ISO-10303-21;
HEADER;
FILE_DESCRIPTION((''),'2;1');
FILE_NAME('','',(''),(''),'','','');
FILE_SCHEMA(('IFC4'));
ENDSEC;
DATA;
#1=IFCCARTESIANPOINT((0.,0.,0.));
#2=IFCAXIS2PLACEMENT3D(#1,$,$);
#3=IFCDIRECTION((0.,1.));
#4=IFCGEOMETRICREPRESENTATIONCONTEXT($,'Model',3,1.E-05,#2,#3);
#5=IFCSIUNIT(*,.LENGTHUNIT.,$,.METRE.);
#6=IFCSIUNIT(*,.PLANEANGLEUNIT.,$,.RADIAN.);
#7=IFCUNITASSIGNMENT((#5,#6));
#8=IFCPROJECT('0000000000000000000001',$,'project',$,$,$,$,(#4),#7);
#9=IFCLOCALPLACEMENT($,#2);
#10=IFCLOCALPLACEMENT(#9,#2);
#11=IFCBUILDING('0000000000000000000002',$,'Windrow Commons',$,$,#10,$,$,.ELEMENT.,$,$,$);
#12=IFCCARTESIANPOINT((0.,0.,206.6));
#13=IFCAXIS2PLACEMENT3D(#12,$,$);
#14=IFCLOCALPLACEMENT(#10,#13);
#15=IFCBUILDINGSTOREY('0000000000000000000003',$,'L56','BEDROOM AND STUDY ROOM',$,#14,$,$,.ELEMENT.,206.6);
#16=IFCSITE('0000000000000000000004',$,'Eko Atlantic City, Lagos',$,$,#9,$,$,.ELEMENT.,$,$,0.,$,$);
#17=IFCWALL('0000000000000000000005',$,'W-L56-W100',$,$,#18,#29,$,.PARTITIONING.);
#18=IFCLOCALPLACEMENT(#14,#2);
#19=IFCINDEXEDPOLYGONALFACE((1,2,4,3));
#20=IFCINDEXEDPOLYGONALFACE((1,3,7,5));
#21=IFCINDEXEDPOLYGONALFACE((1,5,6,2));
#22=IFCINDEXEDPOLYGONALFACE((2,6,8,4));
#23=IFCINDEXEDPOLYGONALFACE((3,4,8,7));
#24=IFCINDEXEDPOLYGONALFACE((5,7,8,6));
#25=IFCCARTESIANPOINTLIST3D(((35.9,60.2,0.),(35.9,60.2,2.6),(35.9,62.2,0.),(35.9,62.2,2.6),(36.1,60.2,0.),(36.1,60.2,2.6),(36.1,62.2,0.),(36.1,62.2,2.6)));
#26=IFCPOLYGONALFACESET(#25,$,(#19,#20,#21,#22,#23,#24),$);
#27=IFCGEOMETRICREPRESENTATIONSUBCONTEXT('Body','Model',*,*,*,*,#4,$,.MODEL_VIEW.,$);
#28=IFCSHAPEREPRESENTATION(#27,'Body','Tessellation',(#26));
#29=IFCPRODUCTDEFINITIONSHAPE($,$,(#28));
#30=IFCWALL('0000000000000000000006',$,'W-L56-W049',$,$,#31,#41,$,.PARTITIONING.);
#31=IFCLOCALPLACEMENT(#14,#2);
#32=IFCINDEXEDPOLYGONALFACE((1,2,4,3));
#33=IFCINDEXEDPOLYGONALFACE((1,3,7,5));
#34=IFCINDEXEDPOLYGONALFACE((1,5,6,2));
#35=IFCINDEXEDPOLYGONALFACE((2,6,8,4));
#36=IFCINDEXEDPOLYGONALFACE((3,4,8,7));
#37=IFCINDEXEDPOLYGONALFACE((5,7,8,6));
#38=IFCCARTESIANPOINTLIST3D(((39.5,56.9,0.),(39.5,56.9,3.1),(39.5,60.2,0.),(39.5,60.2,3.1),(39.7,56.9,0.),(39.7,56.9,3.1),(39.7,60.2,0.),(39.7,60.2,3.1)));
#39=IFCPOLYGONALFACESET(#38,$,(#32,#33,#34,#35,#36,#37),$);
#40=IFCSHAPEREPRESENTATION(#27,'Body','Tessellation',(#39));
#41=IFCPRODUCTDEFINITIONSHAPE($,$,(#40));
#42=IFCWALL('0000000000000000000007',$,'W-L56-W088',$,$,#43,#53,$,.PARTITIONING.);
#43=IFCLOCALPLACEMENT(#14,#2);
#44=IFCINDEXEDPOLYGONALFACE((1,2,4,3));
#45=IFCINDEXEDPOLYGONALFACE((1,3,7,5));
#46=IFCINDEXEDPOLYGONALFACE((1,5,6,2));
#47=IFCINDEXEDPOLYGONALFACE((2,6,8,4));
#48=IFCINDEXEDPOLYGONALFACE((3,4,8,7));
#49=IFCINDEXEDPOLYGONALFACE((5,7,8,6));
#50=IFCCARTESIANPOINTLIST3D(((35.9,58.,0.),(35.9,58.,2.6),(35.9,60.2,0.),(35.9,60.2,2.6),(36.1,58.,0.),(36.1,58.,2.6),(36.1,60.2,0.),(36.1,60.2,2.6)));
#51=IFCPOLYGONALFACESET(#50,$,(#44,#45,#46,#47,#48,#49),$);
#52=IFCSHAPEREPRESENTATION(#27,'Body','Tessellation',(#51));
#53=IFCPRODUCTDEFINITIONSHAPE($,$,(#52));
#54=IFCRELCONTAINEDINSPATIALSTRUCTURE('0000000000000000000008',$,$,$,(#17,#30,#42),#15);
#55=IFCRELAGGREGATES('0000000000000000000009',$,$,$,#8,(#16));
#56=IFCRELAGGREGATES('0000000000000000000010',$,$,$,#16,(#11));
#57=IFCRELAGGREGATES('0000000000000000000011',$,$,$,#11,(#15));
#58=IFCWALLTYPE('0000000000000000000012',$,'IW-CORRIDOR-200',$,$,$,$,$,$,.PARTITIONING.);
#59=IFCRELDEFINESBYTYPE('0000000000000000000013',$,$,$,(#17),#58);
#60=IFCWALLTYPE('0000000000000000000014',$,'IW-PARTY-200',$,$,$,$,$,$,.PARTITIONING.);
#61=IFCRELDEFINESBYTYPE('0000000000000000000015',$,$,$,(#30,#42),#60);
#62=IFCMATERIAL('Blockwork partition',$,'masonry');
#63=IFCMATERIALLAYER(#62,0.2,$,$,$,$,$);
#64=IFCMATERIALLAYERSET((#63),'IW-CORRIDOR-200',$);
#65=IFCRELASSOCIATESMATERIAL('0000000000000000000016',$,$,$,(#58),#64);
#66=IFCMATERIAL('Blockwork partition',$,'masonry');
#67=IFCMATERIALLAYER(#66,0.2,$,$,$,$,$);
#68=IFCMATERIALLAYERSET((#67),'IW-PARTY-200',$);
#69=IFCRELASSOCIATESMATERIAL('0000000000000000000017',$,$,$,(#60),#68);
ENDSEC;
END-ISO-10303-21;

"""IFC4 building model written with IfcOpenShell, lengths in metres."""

from ifc_helpers import new_model, si_unit, direction, frame, frame_2d, origin, place, context, subcontext, project, spatial, rectangle, extrude, material, layer, layer_set, type_object, element, save


model = new_model("IFC4")

# Units and contexts
model_context = context("Model", 3, precision=1e-05, world=origin(), true_north=direction((0.0, 1.0)))
body_context = subcontext(model_context, "Body", "Model", "MODEL_VIEW")
ifc_project = project(units=[si_unit("LENGTHUNIT", "METRE"), si_unit("PLANEANGLEUNIT", "RADIAN")], contexts=[model_context])

# Site, building, storey
site_placement = place(None, origin())
site = spatial("IfcSite", under=ifc_project, at=site_placement, Name="Eko Atlantic City, Lagos", CompositionType="ELEMENT", RefElevation=0.0)
building_placement = place(site_placement, origin())
building = spatial("IfcBuilding", under=site, at=building_placement, Name="Windrow Commons", CompositionType="ELEMENT")
storey_placement = place(building_placement, frame((0.0, 0.0, 206.6)))
storey = spatial("IfcBuildingStorey", under=building, at=storey_placement, Name="L56", Description="BEDROOM AND STUDY ROOM", CompositionType="ELEMENT", Elevation=206.6)

# Shared definitions
ifc_material_1 = material(Name="Blockwork partition", Category="masonry")
ifc_layer_1 = layer(ifc_material_1, 0.2)
ifc_layer_set_1 = layer_set([ifc_layer_1], Name="IW-CORRIDOR-200")
wall_type_1 = type_object("IfcWallType", Name="IW-CORRIDOR-200", PredefinedType="PARTITIONING", material=ifc_layer_set_1)

# Walls
wall_1_placement = place(storey_placement, frame((36.0, 60.2, 0.0), z_axis=(0.0, 0.0, 1.0), x_axis=(0.0, 1.0, 0.0)))
element("IfcWall", 1, at=wall_1_placement, inside=storey, type_object=wall_type_1, Name="W-L56-W100", PredefinedType="PARTITIONING", context=body_context, shape_type="SweptSolid", body=[
    extrude(rectangle(XDim=2.0, YDim=0.2, at=frame_2d((1.0, 0.0))), origin(), (0.0, 0.0, 1.0), 2.6),
])
ifc_material_2 = material(Name="Blockwork partition", Category="masonry")
ifc_layer_2 = layer(ifc_material_2, 0.2)
ifc_layer_set_2 = layer_set([ifc_layer_2], Name="IW-PARTY-200")
wall_type_2 = type_object("IfcWallType", Name="IW-PARTY-200", PredefinedType="PARTITIONING", material=ifc_layer_set_2)
wall_2_placement = place(storey_placement, frame((39.6, 56.9, 0.0), z_axis=(0.0, 0.0, 1.0), x_axis=(0.0, 1.0, 0.0)))
element("IfcWall", 2, at=wall_2_placement, inside=storey, type_object=wall_type_2, Name="W-L56-W049", PredefinedType="PARTITIONING", context=body_context, shape_type="SweptSolid", body=[
    extrude(rectangle(XDim=3.3, YDim=0.2, at=frame_2d((1.65, 0.0))), origin(), (0.0, 0.0, 1.0), 3.1),
])
wall_3_placement = place(storey_placement, frame((36.0, 58.0, 0.0), z_axis=(0.0, 0.0, 1.0), x_axis=(0.0, 1.0, 0.0)))
element("IfcWall", 3, at=wall_3_placement, inside=storey, type_object=wall_type_2, Name="W-L56-W088", PredefinedType="PARTITIONING", context=body_context, shape_type="SweptSolid", body=[
    extrude(rectangle(XDim=2.2, YDim=0.2, at=frame_2d((1.1, 0.0))), origin(), (0.0, 0.0, 1.0), 2.6),
])

save(model, "model.ifc")
